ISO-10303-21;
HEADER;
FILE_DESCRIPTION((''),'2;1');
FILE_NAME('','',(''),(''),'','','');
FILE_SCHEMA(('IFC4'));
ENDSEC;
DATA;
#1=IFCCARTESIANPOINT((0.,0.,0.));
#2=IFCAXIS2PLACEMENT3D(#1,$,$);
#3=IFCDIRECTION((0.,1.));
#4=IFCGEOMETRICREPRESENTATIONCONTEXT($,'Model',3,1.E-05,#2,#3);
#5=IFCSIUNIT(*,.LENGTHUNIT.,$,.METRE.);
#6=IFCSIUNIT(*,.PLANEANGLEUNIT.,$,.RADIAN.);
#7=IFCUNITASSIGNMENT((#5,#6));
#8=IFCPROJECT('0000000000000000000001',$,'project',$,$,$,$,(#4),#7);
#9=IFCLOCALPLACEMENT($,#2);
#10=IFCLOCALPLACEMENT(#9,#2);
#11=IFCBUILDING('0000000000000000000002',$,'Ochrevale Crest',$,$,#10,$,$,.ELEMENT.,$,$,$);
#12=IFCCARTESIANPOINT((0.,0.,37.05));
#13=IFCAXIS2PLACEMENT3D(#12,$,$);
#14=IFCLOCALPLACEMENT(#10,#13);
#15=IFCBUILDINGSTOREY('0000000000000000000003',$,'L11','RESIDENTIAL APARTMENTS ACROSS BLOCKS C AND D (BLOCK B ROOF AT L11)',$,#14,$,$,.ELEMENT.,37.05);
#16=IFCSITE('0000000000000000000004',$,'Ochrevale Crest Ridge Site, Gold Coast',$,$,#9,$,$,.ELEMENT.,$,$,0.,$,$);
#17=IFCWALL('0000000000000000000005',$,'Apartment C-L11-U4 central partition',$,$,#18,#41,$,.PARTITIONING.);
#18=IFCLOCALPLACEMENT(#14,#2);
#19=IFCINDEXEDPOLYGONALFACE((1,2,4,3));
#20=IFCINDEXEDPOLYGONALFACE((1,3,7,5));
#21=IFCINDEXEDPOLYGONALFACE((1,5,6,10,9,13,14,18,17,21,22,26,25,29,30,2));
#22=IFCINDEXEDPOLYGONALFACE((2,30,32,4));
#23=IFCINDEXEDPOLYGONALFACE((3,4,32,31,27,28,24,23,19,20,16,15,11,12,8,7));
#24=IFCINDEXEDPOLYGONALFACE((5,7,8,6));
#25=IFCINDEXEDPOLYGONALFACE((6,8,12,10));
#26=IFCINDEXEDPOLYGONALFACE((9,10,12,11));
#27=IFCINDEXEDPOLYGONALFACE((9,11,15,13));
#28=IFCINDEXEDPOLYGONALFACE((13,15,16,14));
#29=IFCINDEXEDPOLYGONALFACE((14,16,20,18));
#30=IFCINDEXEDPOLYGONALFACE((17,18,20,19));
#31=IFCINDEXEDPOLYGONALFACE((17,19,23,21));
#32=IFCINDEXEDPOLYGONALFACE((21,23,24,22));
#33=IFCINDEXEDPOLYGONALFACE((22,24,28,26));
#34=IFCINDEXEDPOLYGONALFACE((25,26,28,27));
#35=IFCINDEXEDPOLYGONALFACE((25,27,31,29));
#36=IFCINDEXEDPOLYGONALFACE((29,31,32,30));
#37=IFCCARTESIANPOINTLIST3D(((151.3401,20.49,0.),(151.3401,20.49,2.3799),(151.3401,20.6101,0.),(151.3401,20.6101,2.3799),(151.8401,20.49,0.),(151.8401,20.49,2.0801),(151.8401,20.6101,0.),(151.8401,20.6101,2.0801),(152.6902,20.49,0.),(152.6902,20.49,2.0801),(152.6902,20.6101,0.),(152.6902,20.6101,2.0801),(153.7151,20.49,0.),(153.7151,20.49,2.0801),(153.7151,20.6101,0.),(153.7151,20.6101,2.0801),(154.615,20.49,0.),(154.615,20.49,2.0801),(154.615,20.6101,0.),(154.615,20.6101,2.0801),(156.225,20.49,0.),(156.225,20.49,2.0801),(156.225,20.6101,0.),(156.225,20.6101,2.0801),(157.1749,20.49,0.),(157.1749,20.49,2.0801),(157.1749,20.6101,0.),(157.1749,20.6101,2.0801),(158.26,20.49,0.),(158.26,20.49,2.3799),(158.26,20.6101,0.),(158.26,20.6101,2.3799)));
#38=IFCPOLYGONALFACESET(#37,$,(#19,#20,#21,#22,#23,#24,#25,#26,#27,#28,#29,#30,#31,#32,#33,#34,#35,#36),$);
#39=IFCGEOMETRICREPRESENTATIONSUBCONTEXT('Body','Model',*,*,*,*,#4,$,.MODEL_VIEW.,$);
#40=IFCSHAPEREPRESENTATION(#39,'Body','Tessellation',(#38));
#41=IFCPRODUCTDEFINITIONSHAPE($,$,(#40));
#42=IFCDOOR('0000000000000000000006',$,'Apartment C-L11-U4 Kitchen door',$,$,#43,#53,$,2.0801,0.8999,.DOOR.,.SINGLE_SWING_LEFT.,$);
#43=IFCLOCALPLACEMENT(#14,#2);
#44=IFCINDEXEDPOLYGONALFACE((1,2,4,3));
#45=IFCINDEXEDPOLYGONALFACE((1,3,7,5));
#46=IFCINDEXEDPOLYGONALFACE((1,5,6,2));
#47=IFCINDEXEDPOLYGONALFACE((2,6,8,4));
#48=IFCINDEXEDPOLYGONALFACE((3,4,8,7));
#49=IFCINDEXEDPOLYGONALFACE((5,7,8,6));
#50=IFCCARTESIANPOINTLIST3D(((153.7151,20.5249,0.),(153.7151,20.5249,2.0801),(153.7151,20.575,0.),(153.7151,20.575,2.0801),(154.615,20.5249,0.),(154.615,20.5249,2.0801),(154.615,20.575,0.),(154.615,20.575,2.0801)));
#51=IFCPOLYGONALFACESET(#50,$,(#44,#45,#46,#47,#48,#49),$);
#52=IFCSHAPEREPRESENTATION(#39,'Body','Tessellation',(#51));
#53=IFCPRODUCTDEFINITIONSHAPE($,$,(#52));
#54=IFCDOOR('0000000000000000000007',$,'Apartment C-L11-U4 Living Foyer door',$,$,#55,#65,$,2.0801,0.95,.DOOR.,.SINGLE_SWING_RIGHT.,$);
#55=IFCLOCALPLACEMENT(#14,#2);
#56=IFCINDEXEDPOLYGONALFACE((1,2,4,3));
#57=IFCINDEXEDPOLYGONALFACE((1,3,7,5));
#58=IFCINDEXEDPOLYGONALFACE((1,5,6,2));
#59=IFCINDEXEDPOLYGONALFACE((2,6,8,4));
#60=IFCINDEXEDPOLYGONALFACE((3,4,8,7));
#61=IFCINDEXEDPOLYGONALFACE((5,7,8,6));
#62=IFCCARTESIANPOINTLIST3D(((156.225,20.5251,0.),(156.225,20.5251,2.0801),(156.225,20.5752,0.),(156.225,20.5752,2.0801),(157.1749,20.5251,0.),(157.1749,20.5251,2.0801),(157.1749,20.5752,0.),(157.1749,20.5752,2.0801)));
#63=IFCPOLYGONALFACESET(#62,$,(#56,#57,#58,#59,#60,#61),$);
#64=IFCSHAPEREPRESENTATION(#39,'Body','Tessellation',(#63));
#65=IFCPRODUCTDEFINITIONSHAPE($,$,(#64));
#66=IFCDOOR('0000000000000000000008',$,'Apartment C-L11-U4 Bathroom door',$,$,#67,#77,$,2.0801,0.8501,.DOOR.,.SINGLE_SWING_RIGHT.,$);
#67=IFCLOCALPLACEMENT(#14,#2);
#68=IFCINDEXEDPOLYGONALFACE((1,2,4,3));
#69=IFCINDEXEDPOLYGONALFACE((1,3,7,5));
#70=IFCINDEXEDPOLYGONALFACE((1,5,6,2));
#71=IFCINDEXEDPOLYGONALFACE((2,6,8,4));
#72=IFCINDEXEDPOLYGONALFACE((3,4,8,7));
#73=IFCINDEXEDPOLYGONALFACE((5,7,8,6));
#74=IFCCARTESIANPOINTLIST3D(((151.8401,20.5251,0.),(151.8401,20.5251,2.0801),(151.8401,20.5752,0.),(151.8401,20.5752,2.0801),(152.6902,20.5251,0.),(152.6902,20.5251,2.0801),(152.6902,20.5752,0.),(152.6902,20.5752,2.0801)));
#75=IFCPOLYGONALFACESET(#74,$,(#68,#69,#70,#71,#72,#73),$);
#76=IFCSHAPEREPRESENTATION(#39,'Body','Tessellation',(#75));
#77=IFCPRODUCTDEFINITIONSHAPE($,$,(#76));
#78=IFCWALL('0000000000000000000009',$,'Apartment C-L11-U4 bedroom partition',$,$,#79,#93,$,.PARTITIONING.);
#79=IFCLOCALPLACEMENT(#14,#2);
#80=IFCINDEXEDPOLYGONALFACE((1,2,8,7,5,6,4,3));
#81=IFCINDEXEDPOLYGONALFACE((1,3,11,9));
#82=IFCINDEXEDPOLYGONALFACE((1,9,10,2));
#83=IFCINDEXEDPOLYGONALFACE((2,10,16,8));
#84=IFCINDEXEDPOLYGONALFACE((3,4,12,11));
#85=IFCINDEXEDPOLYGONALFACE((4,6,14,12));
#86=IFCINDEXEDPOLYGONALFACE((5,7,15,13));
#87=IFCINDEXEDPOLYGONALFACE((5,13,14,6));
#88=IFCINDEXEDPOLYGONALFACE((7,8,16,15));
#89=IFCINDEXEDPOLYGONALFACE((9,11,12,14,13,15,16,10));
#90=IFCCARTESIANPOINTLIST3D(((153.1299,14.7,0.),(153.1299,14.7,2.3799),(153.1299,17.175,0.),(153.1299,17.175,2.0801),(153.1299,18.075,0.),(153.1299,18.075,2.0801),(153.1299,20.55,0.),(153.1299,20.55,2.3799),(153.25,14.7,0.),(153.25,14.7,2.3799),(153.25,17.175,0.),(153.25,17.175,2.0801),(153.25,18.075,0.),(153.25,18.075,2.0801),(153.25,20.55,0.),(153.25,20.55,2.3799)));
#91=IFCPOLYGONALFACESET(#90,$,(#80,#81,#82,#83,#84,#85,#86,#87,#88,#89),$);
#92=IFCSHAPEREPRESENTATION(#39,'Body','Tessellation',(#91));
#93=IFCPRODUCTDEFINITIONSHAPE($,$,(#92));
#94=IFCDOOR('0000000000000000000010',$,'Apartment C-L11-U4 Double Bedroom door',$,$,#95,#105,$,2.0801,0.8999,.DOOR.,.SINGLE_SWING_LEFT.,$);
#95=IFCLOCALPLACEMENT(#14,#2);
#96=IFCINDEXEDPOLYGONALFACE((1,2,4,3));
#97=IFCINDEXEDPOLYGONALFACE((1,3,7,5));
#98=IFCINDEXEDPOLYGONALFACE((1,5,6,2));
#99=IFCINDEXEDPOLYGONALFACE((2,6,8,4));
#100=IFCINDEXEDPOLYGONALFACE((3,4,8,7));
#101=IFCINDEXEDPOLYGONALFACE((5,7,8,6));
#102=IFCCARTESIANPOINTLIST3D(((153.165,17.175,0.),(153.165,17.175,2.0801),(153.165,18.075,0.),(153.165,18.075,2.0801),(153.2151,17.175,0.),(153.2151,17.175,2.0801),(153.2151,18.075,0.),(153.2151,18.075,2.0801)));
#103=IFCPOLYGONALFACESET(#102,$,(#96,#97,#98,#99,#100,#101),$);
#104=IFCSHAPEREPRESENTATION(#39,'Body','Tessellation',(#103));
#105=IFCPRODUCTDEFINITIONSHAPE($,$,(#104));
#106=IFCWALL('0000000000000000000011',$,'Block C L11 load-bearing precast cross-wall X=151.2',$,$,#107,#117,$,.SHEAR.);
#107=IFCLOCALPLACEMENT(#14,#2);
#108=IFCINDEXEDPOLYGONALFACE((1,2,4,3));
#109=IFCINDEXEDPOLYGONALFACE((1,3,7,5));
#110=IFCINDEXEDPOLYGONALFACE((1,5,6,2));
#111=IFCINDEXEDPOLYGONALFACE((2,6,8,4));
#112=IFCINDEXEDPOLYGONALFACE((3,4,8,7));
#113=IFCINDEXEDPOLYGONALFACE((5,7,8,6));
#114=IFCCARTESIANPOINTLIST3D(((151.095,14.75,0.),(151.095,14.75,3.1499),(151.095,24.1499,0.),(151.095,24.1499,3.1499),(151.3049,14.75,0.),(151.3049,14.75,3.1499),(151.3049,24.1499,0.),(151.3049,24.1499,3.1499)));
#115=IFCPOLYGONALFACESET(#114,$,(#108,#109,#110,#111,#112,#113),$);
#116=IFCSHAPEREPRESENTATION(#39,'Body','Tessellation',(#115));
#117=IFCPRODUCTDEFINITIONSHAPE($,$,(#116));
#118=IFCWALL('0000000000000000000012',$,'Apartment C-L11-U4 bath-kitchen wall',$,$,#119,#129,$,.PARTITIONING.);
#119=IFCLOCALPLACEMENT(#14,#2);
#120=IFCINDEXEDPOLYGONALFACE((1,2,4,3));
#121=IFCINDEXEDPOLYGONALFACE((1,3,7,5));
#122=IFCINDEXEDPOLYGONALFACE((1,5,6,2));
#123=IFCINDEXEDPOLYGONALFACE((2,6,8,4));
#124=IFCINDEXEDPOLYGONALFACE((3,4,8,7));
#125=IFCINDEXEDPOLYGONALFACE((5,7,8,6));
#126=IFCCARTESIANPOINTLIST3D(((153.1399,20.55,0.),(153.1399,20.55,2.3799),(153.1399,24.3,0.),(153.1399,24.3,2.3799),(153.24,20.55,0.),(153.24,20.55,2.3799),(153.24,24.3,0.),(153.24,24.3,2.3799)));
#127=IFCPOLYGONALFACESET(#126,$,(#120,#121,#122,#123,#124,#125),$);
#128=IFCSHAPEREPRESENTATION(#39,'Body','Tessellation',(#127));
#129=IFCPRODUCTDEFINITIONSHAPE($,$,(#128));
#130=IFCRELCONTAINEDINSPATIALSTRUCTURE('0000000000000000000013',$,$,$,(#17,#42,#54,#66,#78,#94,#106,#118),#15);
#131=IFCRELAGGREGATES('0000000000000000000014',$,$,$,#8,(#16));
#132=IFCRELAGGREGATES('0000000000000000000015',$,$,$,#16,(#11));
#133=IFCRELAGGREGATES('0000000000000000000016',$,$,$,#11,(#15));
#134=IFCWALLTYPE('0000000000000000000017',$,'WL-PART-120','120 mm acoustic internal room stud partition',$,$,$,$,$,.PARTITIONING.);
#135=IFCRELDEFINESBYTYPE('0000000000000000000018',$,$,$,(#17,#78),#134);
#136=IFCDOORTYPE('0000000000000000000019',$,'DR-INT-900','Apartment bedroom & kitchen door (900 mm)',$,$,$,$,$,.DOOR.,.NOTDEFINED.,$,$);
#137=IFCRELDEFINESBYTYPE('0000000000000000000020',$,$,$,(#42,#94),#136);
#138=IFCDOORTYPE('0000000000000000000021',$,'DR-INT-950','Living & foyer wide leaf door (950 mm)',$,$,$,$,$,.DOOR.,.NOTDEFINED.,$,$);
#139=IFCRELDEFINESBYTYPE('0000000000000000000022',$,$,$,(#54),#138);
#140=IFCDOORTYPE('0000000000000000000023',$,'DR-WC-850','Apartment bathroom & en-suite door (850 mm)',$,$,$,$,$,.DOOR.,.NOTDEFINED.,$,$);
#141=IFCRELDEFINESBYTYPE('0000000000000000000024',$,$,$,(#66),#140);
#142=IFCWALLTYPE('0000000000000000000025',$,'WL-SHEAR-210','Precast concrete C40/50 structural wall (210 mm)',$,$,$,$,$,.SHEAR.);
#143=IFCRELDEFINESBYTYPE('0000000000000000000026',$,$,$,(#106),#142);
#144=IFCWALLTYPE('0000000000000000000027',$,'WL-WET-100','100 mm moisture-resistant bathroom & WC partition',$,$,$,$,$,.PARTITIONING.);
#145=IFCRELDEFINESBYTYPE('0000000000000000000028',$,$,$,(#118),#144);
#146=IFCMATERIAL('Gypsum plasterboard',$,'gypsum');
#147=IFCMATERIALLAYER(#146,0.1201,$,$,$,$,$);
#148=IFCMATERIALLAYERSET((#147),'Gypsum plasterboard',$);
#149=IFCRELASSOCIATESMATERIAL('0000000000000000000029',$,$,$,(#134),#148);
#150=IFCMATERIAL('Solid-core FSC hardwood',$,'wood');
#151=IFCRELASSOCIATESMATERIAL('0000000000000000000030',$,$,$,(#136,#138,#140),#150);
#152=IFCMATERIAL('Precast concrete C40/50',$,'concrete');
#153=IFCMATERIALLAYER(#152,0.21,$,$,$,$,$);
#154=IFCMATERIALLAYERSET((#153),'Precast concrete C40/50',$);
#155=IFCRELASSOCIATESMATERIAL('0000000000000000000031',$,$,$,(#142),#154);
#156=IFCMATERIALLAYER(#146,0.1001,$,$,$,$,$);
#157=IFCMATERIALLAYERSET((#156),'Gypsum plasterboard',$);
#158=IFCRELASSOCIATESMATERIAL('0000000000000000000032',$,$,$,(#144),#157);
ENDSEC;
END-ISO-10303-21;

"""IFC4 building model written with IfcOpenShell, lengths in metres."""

from ifc_helpers import new_model, si_unit, direction, frame, frame_2d, origin, place, context, subcontext, project, spatial, rectangle, extrude, material, layer, layer_set, type_object, element, fill, save


model = new_model("IFC4")

# Units and contexts
model_context = context("Model", 3, precision=1e-05, world=origin(), true_north=direction((0.0, 1.0)))
body_context = subcontext(model_context, "Body", "Model", "MODEL_VIEW")
ifc_project = project(units=[si_unit("LENGTHUNIT", "METRE"), si_unit("PLANEANGLEUNIT", "RADIAN")], contexts=[model_context])

# Site, building, storey
site_placement = place(None, origin())
site = spatial("IfcSite", under=ifc_project, at=site_placement, Name="Ochrevale Crest Ridge Site, Gold Coast", CompositionType="ELEMENT", RefElevation=0.0)
building_placement = place(site_placement, origin())
building = spatial("IfcBuilding", under=site, at=building_placement, Name="Ochrevale Crest", CompositionType="ELEMENT")
storey_placement = place(building_placement, frame((0.0, 0.0, 37.05)))
storey = spatial("IfcBuildingStorey", under=building, at=storey_placement, Name="L11", Description="RESIDENTIAL APARTMENTS ACROSS BLOCKS C AND D (BLOCK B ROOF AT L11)", CompositionType="ELEMENT", Elevation=37.05)

# Shared definitions
ifc_material_1 = material(Name="Precast concrete C40/50", Category="concrete")

# Shared definitions
ifc_material_2 = material(Name="Gypsum plasterboard", Category="gypsum")
ifc_material_3 = material(Name="Solid-core FSC hardwood", Category="wood")

# Shared definitions
ifc_layer_1 = layer(ifc_material_2, 0.1201)
ifc_layer_set_1 = layer_set([ifc_layer_1], Name="Gypsum plasterboard")
wall_type_1 = type_object("IfcWallType", Name="WL-PART-120", Description="120 mm acoustic internal room stud partition", PredefinedType="PARTITIONING", material=ifc_layer_set_1)

# Wall, openings, doors
wall_1_placement = place(storey_placement, frame((151.3401, 20.55, 0.0), z_axis=(0.0, 0.0, 1.0), x_axis=(1.0, 0.0, 0.0)))
wall_1 = element("IfcWall", 1, at=wall_1_placement, inside=storey, type_object=wall_type_1, Name="Apartment C-L11-U4 central partition", PredefinedType="PARTITIONING", context=body_context, shape_type="SweptSolid", body=[
    extrude(rectangle(XDim=6.9199, YDim=0.1201, at=frame_2d((3.46, 0.0))), origin(), (0.0, 0.0, 1.0), 2.3799),
])
opening_1_placement = place(wall_1_placement, frame((1.3501, 0.0, 0.0), z_axis=(0.0, 0.0, 1.0), x_axis=(-1.0, 0.0, 0.0)))
opening_1 = element("IfcOpeningElement", 2, at=opening_1_placement, cuts=wall_1, PredefinedType="OPENING", context=body_context, shape_type="SweptSolid", body=[
    extrude(rectangle(XDim=0.8501, YDim=2.0801, at=frame_2d((0.425, 1.04))), frame((0.0, 0.0701, 0.0), z_axis=(0.0, -1.0, 0.0), x_axis=(1.0, 0.0, 0.0)), (0.0, 0.0, 1.0), 0.1401),
])
opening_2_placement = place(wall_1_placement, frame((2.375, 0.0, 0.0)))
opening_2 = element("IfcOpeningElement", 3, at=opening_2_placement, cuts=wall_1, PredefinedType="OPENING", context=body_context, shape_type="SweptSolid", body=[
    extrude(rectangle(XDim=0.8999, YDim=2.0801, at=frame_2d((0.45, 1.04))), frame((0.0, 0.0701, 0.0), z_axis=(0.0, -1.0, 0.0), x_axis=(1.0, 0.0, 0.0)), (0.0, 0.0, 1.0), 0.1401),
])
opening_3_placement = place(wall_1_placement, frame((5.835, 0.0, 0.0), z_axis=(0.0, 0.0, 1.0), x_axis=(-1.0, 0.0, 0.0)))
opening_3 = element("IfcOpeningElement", 4, at=opening_3_placement, cuts=wall_1, PredefinedType="OPENING", context=body_context, shape_type="SweptSolid", body=[
    extrude(rectangle(XDim=0.95, YDim=2.0801, at=frame_2d((0.4751, 1.04))), frame((0.0, 0.0701, 0.0), z_axis=(0.0, -1.0, 0.0), x_axis=(1.0, 0.0, 0.0)), (0.0, 0.0, 1.0), 0.1401),
])
door_type_1 = type_object("IfcDoorType", Name="DR-INT-900", Description="Apartment bedroom & kitchen door (900 mm)", OperationType="NOTDEFINED", PredefinedType="DOOR", material=ifc_material_3)
door_1_placement = place(opening_2_placement, origin())
door_1 = element("IfcDoor", 5, at=door_1_placement, inside=storey, type_object=door_type_1, Name="Apartment C-L11-U4 Kitchen door", OperationType="SINGLE_SWING_LEFT", OverallHeight=2.0801, OverallWidth=0.8999, PredefinedType="DOOR", context=body_context, shape_type="SweptSolid", body=[
    extrude(rectangle(XDim=0.8999, YDim=2.0801, at=frame_2d((0.45, 1.04))), frame((0.0, 0.0249, 0.0), z_axis=(0.0, -1.0, 0.0), x_axis=(1.0, 0.0, 0.0)), (0.0, 0.0, 1.0), 0.05),
])
fill(opening_2, door_1)
door_type_2 = type_object("IfcDoorType", Name="DR-INT-950", Description="Living & foyer wide leaf door (950 mm)", OperationType="NOTDEFINED", PredefinedType="DOOR", material=ifc_material_3)
door_2_placement = place(opening_3_placement, origin())
door_2 = element("IfcDoor", 6, at=door_2_placement, inside=storey, type_object=door_type_2, Name="Apartment C-L11-U4 Living Foyer door", OperationType="SINGLE_SWING_RIGHT", OverallHeight=2.0801, OverallWidth=0.95, PredefinedType="DOOR", context=body_context, shape_type="SweptSolid", body=[
    extrude(rectangle(XDim=0.95, YDim=2.0801, at=frame_2d((0.4751, 1.04))), frame((0.0, 0.0249, 0.0), z_axis=(0.0, -1.0, 0.0), x_axis=(1.0, 0.0, 0.0)), (0.0, 0.0, 1.0), 0.05),
])
fill(opening_3, door_2)
door_type_3 = type_object("IfcDoorType", Name="DR-WC-850", Description="Apartment bathroom & en-suite door (850 mm)", OperationType="NOTDEFINED", PredefinedType="DOOR", material=ifc_material_3)
door_3_placement = place(opening_1_placement, origin())
door_3 = element("IfcDoor", 7, at=door_3_placement, inside=storey, type_object=door_type_3, Name="Apartment C-L11-U4 Bathroom door", OperationType="SINGLE_SWING_RIGHT", OverallHeight=2.0801, OverallWidth=0.8501, PredefinedType="DOOR", context=body_context, shape_type="SweptSolid", body=[
    extrude(rectangle(XDim=0.8501, YDim=2.0801, at=frame_2d((0.425, 1.04))), frame((0.0, 0.0249, 0.0), z_axis=(0.0, -1.0, 0.0), x_axis=(1.0, 0.0, 0.0)), (0.0, 0.0, 1.0), 0.05),
])
fill(opening_1, door_3)

# Wall, opening, door
wall_2_placement = place(storey_placement, frame((153.1899, 14.7, 0.0), z_axis=(0.0, 0.0, 1.0), x_axis=(0.0, 1.0, 0.0)))
wall_2 = element("IfcWall", 8, at=wall_2_placement, inside=storey, type_object=wall_type_1, Name="Apartment C-L11-U4 bedroom partition", PredefinedType="PARTITIONING", context=body_context, shape_type="SweptSolid", body=[
    extrude(rectangle(XDim=5.8501, YDim=0.1201, at=frame_2d((2.925, 0.0))), origin(), (0.0, 0.0, 1.0), 2.3799),
])
opening_4_placement = place(wall_2_placement, frame((2.4751, 0.0, 0.0)))
opening_4 = element("IfcOpeningElement", 9, at=opening_4_placement, cuts=wall_2, PredefinedType="OPENING", context=body_context, shape_type="SweptSolid", body=[
    extrude(rectangle(XDim=0.8999, YDim=2.0801, at=frame_2d((0.45, 1.04))), frame((0.0, 0.0701, 0.0), z_axis=(0.0, -1.0, 0.0), x_axis=(1.0, 0.0, 0.0)), (0.0, 0.0, 1.0), 0.1401),
])
door_4_placement = place(opening_4_placement, origin())
door_4 = element("IfcDoor", 10, at=door_4_placement, inside=storey, type_object=door_type_1, Name="Apartment C-L11-U4 Double Bedroom door", OperationType="SINGLE_SWING_LEFT", OverallHeight=2.0801, OverallWidth=0.8999, PredefinedType="DOOR", context=body_context, shape_type="SweptSolid", body=[
    extrude(rectangle(XDim=0.8999, YDim=2.0801, at=frame_2d((0.45, 1.04))), frame((0.0, 0.0249, 0.0), z_axis=(0.0, -1.0, 0.0), x_axis=(1.0, 0.0, 0.0)), (0.0, 0.0, 1.0), 0.05),
])
fill(opening_4, door_4)

# Walls
ifc_layer_2 = layer(ifc_material_1, 0.21)
ifc_layer_set_2 = layer_set([ifc_layer_2], Name="Precast concrete C40/50")
wall_type_2 = type_object("IfcWallType", Name="WL-SHEAR-210", Description="Precast concrete C40/50 structural wall (210 mm)", PredefinedType="SHEAR", material=ifc_layer_set_2)
wall_3_placement = place(storey_placement, frame((151.2, 14.75, 0.0), z_axis=(0.0, 0.0, 1.0), x_axis=(0.0, 1.0, 0.0)))
element("IfcWall", 11, at=wall_3_placement, inside=storey, type_object=wall_type_2, Name="Block C L11 load-bearing precast cross-wall X=151.2", PredefinedType="SHEAR", context=body_context, shape_type="SweptSolid", body=[
    extrude(rectangle(XDim=9.3999, YDim=0.21, at=frame_2d((4.7, 0.0))), origin(), (0.0, 0.0, 1.0), 3.1499),
])
ifc_layer_3 = layer(ifc_material_2, 0.1001)
ifc_layer_set_3 = layer_set([ifc_layer_3], Name="Gypsum plasterboard")
wall_type_3 = type_object("IfcWallType", Name="WL-WET-100", Description="100 mm moisture-resistant bathroom & WC partition", PredefinedType="PARTITIONING", material=ifc_layer_set_3)
wall_4_placement = place(storey_placement, frame((153.1899, 20.55, 0.0), z_axis=(0.0, 0.0, 1.0), x_axis=(0.0, 1.0, 0.0)))
element("IfcWall", 12, at=wall_4_placement, inside=storey, type_object=wall_type_3, Name="Apartment C-L11-U4 bath-kitchen wall", PredefinedType="PARTITIONING", context=body_context, shape_type="SweptSolid", body=[
    extrude(rectangle(XDim=3.75, YDim=0.1001, at=frame_2d((1.875, 0.0))), origin(), (0.0, 0.0, 1.0), 2.3799),
])

save(model, "model.ifc")
